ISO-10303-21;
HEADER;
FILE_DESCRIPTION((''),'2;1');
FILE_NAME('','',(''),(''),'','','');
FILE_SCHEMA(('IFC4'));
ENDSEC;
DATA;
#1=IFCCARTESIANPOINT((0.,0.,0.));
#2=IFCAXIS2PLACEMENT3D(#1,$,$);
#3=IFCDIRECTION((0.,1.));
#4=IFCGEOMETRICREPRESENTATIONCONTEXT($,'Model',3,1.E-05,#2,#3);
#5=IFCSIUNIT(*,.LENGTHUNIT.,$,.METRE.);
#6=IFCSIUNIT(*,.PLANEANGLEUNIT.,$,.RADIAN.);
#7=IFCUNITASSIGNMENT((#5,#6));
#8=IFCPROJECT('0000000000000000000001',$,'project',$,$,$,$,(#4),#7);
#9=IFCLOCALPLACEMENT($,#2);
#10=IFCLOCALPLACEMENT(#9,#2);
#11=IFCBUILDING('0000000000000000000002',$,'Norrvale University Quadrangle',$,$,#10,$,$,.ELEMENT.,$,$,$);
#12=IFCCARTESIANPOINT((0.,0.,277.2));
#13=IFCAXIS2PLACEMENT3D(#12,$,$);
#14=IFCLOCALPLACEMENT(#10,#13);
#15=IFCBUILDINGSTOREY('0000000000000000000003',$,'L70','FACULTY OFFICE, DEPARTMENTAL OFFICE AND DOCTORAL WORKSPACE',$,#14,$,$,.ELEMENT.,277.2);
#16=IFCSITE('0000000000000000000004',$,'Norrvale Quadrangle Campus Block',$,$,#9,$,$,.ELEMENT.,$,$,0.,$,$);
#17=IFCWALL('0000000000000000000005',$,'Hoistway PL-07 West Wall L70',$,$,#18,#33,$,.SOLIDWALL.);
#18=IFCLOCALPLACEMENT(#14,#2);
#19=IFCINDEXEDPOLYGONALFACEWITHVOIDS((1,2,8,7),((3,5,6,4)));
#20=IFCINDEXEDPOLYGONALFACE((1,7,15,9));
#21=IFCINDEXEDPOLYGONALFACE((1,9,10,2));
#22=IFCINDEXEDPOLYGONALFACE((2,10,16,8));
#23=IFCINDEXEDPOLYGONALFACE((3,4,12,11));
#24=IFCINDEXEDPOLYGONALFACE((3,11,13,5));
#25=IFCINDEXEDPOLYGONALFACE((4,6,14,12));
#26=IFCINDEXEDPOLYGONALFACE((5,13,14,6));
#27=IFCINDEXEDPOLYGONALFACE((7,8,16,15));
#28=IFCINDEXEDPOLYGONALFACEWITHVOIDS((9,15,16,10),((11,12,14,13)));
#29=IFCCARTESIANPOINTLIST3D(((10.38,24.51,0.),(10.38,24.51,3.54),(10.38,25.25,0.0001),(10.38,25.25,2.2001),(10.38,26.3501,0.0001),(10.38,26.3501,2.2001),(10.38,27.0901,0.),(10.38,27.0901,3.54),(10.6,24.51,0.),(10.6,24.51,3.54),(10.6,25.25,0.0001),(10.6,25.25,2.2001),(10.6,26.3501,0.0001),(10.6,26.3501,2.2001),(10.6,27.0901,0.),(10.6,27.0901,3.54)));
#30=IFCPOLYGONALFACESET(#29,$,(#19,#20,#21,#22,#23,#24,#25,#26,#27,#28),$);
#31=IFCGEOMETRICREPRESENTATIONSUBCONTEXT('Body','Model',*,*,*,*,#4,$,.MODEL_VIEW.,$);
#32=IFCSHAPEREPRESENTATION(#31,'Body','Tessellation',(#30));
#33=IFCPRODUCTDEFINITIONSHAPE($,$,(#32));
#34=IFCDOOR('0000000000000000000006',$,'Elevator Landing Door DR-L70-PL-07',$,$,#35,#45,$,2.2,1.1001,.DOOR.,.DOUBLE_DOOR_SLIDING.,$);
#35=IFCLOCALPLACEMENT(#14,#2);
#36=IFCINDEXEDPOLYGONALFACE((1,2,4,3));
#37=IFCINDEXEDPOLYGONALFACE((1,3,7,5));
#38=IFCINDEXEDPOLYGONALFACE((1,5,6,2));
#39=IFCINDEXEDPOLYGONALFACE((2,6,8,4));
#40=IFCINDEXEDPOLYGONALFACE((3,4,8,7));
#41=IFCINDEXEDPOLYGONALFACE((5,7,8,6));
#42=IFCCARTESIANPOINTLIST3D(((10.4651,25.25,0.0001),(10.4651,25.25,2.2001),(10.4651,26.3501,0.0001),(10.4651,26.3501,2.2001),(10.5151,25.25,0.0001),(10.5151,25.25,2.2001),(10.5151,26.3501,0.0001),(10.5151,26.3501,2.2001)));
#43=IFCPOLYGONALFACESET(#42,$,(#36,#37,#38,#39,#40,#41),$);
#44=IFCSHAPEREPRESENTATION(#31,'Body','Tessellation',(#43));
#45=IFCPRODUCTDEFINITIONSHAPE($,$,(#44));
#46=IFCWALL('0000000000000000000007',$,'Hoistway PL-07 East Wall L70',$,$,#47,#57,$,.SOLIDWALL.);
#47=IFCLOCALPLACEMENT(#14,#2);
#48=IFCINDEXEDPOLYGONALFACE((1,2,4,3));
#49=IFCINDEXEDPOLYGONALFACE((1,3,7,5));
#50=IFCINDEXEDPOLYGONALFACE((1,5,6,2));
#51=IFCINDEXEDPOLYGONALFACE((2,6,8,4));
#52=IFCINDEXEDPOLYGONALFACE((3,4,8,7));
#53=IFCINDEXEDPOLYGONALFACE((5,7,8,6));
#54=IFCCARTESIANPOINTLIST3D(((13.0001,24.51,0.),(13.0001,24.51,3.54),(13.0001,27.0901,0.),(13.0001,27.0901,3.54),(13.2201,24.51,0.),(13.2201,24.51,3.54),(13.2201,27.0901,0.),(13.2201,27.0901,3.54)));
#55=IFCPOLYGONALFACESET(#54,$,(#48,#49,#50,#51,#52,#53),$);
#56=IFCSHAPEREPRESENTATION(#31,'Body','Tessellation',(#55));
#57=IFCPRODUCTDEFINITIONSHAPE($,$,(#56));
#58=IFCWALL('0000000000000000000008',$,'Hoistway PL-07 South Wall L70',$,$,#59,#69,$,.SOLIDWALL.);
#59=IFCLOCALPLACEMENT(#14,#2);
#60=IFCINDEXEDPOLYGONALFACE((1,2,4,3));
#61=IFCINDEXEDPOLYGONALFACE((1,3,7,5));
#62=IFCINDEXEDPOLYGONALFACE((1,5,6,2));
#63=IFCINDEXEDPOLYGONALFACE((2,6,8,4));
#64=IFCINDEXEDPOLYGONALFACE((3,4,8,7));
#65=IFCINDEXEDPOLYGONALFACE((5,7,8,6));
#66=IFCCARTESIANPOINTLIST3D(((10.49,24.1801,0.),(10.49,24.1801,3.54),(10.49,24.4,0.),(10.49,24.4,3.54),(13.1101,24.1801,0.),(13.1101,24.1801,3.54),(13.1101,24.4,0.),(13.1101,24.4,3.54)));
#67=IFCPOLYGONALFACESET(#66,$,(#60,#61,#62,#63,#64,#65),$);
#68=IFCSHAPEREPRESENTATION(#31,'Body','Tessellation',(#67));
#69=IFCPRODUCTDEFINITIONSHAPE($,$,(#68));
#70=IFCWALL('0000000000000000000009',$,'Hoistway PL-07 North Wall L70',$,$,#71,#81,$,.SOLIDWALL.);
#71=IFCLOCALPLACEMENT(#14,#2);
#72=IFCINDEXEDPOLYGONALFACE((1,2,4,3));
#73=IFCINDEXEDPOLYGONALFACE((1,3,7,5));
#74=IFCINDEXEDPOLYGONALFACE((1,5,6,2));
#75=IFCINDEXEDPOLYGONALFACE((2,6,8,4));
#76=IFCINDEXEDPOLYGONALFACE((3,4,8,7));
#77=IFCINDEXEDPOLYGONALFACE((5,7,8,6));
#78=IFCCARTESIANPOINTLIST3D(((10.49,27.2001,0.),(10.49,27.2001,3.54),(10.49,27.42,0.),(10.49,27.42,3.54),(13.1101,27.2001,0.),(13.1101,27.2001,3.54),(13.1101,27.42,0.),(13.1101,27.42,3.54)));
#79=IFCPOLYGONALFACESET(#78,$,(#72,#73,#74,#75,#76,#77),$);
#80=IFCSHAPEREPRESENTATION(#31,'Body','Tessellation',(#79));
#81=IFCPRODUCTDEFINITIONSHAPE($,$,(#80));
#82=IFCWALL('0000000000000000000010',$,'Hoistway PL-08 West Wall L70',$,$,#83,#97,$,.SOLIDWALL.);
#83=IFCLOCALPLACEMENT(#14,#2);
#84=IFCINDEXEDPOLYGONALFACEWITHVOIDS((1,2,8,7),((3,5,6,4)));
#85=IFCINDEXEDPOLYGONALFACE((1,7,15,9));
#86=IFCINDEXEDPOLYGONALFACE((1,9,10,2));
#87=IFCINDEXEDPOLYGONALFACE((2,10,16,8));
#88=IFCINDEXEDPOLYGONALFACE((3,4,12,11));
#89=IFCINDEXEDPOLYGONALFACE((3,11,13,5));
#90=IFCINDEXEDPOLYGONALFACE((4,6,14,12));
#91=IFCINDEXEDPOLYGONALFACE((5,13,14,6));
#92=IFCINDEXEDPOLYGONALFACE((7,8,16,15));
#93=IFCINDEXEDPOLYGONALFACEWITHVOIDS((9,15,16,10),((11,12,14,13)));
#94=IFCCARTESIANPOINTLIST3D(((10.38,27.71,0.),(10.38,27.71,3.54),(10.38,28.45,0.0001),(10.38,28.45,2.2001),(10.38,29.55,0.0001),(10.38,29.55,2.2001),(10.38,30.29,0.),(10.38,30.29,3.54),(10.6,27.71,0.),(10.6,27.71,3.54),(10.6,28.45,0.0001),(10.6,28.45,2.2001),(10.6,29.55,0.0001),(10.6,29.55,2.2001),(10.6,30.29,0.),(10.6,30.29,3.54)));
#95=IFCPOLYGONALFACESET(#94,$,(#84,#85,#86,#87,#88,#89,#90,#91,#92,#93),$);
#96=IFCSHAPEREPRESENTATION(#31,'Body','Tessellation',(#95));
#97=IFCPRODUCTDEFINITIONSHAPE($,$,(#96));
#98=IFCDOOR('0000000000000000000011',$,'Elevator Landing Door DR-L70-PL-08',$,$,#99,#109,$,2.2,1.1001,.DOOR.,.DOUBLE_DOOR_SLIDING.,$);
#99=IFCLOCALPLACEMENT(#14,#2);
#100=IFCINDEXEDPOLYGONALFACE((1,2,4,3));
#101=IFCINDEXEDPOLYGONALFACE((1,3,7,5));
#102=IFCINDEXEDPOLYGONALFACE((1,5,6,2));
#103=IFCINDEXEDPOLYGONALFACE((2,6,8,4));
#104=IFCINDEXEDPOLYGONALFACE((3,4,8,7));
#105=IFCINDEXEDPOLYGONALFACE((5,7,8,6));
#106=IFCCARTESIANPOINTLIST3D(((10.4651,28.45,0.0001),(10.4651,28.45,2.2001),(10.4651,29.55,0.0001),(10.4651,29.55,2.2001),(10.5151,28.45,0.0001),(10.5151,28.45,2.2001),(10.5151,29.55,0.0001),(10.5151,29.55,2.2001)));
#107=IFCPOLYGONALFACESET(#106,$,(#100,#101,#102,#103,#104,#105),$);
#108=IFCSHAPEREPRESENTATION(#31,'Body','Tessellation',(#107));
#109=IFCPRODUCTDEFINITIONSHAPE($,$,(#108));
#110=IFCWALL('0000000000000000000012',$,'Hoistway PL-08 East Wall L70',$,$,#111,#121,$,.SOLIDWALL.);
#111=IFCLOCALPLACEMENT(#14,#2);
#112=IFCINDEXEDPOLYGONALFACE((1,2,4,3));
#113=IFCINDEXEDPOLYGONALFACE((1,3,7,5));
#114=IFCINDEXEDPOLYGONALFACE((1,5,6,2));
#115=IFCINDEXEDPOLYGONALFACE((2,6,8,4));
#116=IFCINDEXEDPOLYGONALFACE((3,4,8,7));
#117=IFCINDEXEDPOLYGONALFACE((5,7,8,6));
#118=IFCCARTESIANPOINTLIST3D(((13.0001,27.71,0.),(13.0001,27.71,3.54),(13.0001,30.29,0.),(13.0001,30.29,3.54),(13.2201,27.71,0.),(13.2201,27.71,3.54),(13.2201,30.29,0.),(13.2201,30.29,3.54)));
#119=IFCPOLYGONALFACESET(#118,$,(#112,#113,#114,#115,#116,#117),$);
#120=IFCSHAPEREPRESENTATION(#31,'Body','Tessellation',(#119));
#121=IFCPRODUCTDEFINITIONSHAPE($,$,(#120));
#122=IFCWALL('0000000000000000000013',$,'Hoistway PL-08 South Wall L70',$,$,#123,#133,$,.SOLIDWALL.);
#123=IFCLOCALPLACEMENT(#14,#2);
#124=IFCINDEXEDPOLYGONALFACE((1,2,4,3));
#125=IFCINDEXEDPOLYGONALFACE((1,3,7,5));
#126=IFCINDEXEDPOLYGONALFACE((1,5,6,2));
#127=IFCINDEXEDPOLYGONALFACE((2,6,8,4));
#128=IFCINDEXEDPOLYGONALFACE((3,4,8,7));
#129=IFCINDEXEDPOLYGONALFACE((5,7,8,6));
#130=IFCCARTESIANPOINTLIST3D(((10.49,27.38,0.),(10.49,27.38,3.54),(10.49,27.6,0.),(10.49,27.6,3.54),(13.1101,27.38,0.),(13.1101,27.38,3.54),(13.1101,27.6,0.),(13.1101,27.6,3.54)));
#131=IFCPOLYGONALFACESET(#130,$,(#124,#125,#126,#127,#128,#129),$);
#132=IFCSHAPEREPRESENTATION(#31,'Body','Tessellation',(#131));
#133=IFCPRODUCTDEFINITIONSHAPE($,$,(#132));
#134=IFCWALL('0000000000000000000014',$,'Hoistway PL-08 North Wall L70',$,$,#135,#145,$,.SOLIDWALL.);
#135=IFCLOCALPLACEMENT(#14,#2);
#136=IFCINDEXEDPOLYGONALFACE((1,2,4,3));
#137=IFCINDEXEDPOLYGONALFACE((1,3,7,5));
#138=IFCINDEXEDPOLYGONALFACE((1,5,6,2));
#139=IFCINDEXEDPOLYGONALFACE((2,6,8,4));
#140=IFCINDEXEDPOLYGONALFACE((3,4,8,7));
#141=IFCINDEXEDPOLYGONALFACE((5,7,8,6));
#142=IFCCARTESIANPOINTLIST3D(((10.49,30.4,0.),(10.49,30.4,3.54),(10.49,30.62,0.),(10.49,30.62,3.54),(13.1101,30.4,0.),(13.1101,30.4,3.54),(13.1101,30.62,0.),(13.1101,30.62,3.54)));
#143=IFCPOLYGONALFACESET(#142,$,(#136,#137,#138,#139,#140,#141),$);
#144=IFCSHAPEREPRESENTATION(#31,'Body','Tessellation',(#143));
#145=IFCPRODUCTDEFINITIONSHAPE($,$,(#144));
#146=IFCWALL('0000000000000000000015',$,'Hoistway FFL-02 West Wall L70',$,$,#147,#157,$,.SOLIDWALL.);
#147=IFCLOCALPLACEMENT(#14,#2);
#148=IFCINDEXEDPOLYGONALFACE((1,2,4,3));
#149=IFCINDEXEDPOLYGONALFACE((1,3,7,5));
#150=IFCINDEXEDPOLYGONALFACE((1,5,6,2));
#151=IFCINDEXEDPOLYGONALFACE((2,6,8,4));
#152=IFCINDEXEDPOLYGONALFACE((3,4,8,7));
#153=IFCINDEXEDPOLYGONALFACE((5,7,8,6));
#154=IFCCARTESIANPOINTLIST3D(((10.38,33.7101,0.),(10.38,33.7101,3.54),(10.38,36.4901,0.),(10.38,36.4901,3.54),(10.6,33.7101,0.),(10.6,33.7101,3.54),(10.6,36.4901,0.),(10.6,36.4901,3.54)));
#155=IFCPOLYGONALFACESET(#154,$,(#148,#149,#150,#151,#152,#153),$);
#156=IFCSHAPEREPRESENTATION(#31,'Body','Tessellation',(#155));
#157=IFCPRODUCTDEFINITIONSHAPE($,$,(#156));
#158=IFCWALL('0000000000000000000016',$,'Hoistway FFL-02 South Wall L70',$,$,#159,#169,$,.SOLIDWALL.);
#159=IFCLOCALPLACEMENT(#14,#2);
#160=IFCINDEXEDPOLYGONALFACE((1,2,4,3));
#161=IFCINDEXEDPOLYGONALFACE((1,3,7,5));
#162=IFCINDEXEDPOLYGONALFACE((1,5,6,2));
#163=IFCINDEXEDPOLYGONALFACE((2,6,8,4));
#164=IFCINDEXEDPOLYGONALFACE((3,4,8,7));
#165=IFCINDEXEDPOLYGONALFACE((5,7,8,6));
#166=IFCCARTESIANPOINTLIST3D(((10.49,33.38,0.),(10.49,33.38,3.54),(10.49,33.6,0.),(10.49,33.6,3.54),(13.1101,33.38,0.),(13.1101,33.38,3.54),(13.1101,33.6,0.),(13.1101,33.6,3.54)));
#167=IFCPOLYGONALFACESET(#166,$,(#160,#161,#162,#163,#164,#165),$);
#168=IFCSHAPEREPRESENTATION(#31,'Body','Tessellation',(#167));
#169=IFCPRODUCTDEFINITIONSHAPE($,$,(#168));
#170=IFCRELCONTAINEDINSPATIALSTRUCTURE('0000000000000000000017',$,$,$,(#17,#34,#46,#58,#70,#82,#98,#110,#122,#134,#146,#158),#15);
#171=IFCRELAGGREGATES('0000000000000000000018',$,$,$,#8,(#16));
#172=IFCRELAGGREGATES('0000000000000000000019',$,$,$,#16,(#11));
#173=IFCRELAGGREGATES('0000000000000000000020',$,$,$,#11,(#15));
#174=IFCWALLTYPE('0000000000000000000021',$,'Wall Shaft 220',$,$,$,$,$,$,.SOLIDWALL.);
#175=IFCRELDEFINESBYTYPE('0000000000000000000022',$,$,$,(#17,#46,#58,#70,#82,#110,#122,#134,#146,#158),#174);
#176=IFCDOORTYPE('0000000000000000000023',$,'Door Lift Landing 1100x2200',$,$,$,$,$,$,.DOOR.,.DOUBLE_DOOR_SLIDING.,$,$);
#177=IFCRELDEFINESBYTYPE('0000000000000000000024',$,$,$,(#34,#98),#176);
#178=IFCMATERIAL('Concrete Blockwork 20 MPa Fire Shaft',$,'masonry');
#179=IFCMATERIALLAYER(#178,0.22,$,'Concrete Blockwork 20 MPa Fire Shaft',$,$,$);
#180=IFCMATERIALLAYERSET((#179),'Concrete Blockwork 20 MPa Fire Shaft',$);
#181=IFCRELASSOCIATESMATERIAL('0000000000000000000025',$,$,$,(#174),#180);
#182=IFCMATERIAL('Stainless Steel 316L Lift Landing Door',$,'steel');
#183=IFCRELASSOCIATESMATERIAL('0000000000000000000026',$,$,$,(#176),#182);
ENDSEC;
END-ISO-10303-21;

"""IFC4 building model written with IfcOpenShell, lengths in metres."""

from ifc_helpers import new_model, si_unit, direction, frame, frame_2d, origin, place, context, subcontext, project, spatial, rectangle, extrude, material, layer, layer_set, type_object, element, fill, save


model = new_model("IFC4")

# Units and contexts
model_context = context("Model", 3, precision=1e-05, world=origin(), true_north=direction((0.0, 1.0)))
body_context = subcontext(model_context, "Body", "Model", "MODEL_VIEW")
ifc_project = project(units=[si_unit("LENGTHUNIT", "METRE"), si_unit("PLANEANGLEUNIT", "RADIAN")], contexts=[model_context])

# Site, building, storey
site_placement = place(None, origin())
site = spatial("IfcSite", under=ifc_project, at=site_placement, Name="Norrvale Quadrangle Campus Block", CompositionType="ELEMENT", RefElevation=0.0)
building_placement = place(site_placement, origin())
building = spatial("IfcBuilding", under=site, at=building_placement, Name="Norrvale University Quadrangle", CompositionType="ELEMENT")
storey_placement = place(building_placement, frame((0.0, 0.0, 277.2)))
storey = spatial("IfcBuildingStorey", under=building, at=storey_placement, Name="L70", Description="FACULTY OFFICE, DEPARTMENTAL OFFICE AND DOCTORAL WORKSPACE", CompositionType="ELEMENT", Elevation=277.2)

# Shared definitions
ifc_material_1 = material(Name="Concrete Blockwork 20 MPa Fire Shaft", Category="masonry")
ifc_layer_1 = layer(ifc_material_1, 0.22, Name="Concrete Blockwork 20 MPa Fire Shaft")
ifc_layer_set_1 = layer_set([ifc_layer_1], Name="Concrete Blockwork 20 MPa Fire Shaft")
wall_type_1 = type_object("IfcWallType", Name="Wall Shaft 220", PredefinedType="SOLIDWALL", material=ifc_layer_set_1)

# Wall, opening, door
wall_1_placement = place(storey_placement, frame((10.49, 24.51, 0.0), z_axis=(0.0, 0.0, 1.0), x_axis=(0.0, 1.0, 0.0)))
wall_1 = element("IfcWall", 1, at=wall_1_placement, inside=storey, type_object=wall_type_1, Name="Hoistway PL-07 West Wall L70", PredefinedType="SOLIDWALL", context=body_context, shape_type="SweptSolid", body=[
    extrude(rectangle(XDim=2.5801, YDim=0.22, at=frame_2d((1.29, 0.0))), origin(), (0.0, 0.0, 1.0), 3.54),
])
opening_1_placement = place(wall_1_placement, frame((0.74, 0.0, 0.0)))
opening_1 = element("IfcOpeningElement", 2, at=opening_1_placement, cuts=wall_1, PredefinedType="OPENING", context=body_context, shape_type="SweptSolid", body=[
    extrude(rectangle(XDim=1.1001, YDim=2.2, at=frame_2d((0.55, 1.1001))), frame((0.0, 0.1221, 0.0), z_axis=(0.0, -1.0, 0.0), x_axis=(1.0, 0.0, 0.0)), (0.0, 0.0, 1.0), 0.2439),
])
ifc_material_2 = material(Name="Stainless Steel 316L Lift Landing Door", Category="steel")
door_type_1 = type_object("IfcDoorType", Name="Door Lift Landing 1100x2200", OperationType="DOUBLE_DOOR_SLIDING", PredefinedType="DOOR", material=ifc_material_2)
door_1_placement = place(opening_1_placement, origin())
door_1 = element("IfcDoor", 3, at=door_1_placement, inside=storey, type_object=door_type_1, Name="Elevator Landing Door DR-L70-PL-07", OperationType="DOUBLE_DOOR_SLIDING", OverallHeight=2.2, OverallWidth=1.1001, PredefinedType="DOOR", context=body_context, shape_type="SweptSolid", body=[
    extrude(rectangle(XDim=1.1001, YDim=2.2, at=frame_2d((0.55, 1.1001))), frame((0.0, 0.0249, 0.0), z_axis=(0.0, -1.0, 0.0), x_axis=(1.0, 0.0, 0.0)), (0.0, 0.0, 1.0), 0.05),
])
fill(opening_1, door_1)

# Walls
wall_2_placement = place(storey_placement, frame((13.1101, 24.51, 0.0), z_axis=(0.0, 0.0, 1.0), x_axis=(0.0, 1.0, 0.0)))
element("IfcWall", 4, at=wall_2_placement, inside=storey, type_object=wall_type_1, Name="Hoistway PL-07 East Wall L70", PredefinedType="SOLIDWALL", context=body_context, shape_type="SweptSolid", body=[
    extrude(rectangle(XDim=2.5801, YDim=0.22, at=frame_2d((1.29, 0.0))), origin(), (0.0, 0.0, 1.0), 3.54),
])
for number, where, z_axis, x_axis, name in (
    (5, (10.49, 24.29, 0.0), (0.0, 0.0, 1.0), (1.0, 0.0, 0.0), "Hoistway PL-07 South Wall L70"),
    (6, (10.49, 27.3101, 0.0), (0.0, 0.0, 1.0), (1.0, 0.0, 0.0), "Hoistway PL-07 North Wall L70"),
):
    element("IfcWall", number, at=place(storey_placement, frame(where, z_axis=z_axis, x_axis=x_axis)), inside=storey, type_object=wall_type_1, Name=name, PredefinedType="SOLIDWALL", context=body_context, shape_type="SweptSolid", body=[
        extrude(rectangle(XDim=2.6201, YDim=0.22, at=frame_2d((1.3101, 0.0))), origin(), (0.0, 0.0, 1.0), 3.54),
    ])

# Wall, opening, door
wall_3_placement = place(storey_placement, frame((10.49, 27.71, 0.0), z_axis=(0.0, 0.0, 1.0), x_axis=(0.0, 1.0, 0.0)))
wall_3 = element("IfcWall", 7, at=wall_3_placement, inside=storey, type_object=wall_type_1, Name="Hoistway PL-08 West Wall L70", PredefinedType="SOLIDWALL", context=body_context, shape_type="SweptSolid", body=[
    extrude(rectangle(XDim=2.5801, YDim=0.22, at=frame_2d((1.29, 0.0))), origin(), (0.0, 0.0, 1.0), 3.54),
])
opening_2_placement = place(wall_3_placement, frame((0.74, 0.0, 0.0)))
opening_2 = element("IfcOpeningElement", 8, at=opening_2_placement, cuts=wall_3, PredefinedType="OPENING", context=body_context, shape_type="SweptSolid", body=[
    extrude(rectangle(XDim=1.1001, YDim=2.2, at=frame_2d((0.55, 1.1001))), frame((0.0, 0.1221, 0.0), z_axis=(0.0, -1.0, 0.0), x_axis=(1.0, 0.0, 0.0)), (0.0, 0.0, 1.0), 0.2439),
])
door_2_placement = place(opening_2_placement, origin())
door_2 = element("IfcDoor", 9, at=door_2_placement, inside=storey, type_object=door_type_1, Name="Elevator Landing Door DR-L70-PL-08", OperationType="DOUBLE_DOOR_SLIDING", OverallHeight=2.2, OverallWidth=1.1001, PredefinedType="DOOR", context=body_context, shape_type="SweptSolid", body=[
    extrude(rectangle(XDim=1.1001, YDim=2.2, at=frame_2d((0.55, 1.1001))), frame((0.0, 0.0249, 0.0), z_axis=(0.0, -1.0, 0.0), x_axis=(1.0, 0.0, 0.0)), (0.0, 0.0, 1.0), 0.05),
])
fill(opening_2, door_2)

# Walls
wall_4_placement = place(storey_placement, frame((13.1101, 27.71, 0.0), z_axis=(0.0, 0.0, 1.0), x_axis=(0.0, 1.0, 0.0)))
element("IfcWall", 10, at=wall_4_placement, inside=storey, type_object=wall_type_1, Name="Hoistway PL-08 East Wall L70", PredefinedType="SOLIDWALL", context=body_context, shape_type="SweptSolid", body=[
    extrude(rectangle(XDim=2.5801, YDim=0.22, at=frame_2d((1.29, 0.0))), origin(), (0.0, 0.0, 1.0), 3.54),
])
for number, where, z_axis, x_axis, name in (
    (11, (10.49, 27.49, 0.0), (0.0, 0.0, 1.0), (1.0, 0.0, 0.0), "Hoistway PL-08 South Wall L70"),
    (12, (10.49, 30.51, 0.0), (0.0, 0.0, 1.0), (1.0, 0.0, 0.0), "Hoistway PL-08 North Wall L70"),
):
    element("IfcWall", number, at=place(storey_placement, frame(where, z_axis=z_axis, x_axis=x_axis)), inside=storey, type_object=wall_type_1, Name=name, PredefinedType="SOLIDWALL", context=body_context, shape_type="SweptSolid", body=[
        extrude(rectangle(XDim=2.6201, YDim=0.22, at=frame_2d((1.3101, 0.0))), origin(), (0.0, 0.0, 1.0), 3.54),
    ])
wall_5_placement = place(storey_placement, frame((10.49, 33.71, 0.0), z_axis=(0.0, 0.0, 1.0), x_axis=(0.0, 1.0, 0.0)))
element("IfcWall", 13, at=wall_5_placement, inside=storey, type_object=wall_type_1, Name="Hoistway FFL-02 West Wall L70", PredefinedType="SOLIDWALL", context=body_context, shape_type="SweptSolid", body=[
    extrude(rectangle(XDim=2.78, YDim=0.22, at=frame_2d((1.3901, 0.0))), origin(), (0.0, 0.0, 1.0), 3.54),
])
wall_6_placement = place(storey_placement, frame((10.49, 33.49, 0.0), z_axis=(0.0, 0.0, 1.0), x_axis=(1.0, 0.0, 0.0)))
element("IfcWall", 14, at=wall_6_placement, inside=storey, type_object=wall_type_1, Name="Hoistway FFL-02 South Wall L70", PredefinedType="SOLIDWALL", context=body_context, shape_type="SweptSolid", body=[
    extrude(rectangle(XDim=2.6201, YDim=0.22, at=frame_2d((1.3101, 0.0))), origin(), (0.0, 0.0, 1.0), 3.54),
])

save(model, "model.ifc")
